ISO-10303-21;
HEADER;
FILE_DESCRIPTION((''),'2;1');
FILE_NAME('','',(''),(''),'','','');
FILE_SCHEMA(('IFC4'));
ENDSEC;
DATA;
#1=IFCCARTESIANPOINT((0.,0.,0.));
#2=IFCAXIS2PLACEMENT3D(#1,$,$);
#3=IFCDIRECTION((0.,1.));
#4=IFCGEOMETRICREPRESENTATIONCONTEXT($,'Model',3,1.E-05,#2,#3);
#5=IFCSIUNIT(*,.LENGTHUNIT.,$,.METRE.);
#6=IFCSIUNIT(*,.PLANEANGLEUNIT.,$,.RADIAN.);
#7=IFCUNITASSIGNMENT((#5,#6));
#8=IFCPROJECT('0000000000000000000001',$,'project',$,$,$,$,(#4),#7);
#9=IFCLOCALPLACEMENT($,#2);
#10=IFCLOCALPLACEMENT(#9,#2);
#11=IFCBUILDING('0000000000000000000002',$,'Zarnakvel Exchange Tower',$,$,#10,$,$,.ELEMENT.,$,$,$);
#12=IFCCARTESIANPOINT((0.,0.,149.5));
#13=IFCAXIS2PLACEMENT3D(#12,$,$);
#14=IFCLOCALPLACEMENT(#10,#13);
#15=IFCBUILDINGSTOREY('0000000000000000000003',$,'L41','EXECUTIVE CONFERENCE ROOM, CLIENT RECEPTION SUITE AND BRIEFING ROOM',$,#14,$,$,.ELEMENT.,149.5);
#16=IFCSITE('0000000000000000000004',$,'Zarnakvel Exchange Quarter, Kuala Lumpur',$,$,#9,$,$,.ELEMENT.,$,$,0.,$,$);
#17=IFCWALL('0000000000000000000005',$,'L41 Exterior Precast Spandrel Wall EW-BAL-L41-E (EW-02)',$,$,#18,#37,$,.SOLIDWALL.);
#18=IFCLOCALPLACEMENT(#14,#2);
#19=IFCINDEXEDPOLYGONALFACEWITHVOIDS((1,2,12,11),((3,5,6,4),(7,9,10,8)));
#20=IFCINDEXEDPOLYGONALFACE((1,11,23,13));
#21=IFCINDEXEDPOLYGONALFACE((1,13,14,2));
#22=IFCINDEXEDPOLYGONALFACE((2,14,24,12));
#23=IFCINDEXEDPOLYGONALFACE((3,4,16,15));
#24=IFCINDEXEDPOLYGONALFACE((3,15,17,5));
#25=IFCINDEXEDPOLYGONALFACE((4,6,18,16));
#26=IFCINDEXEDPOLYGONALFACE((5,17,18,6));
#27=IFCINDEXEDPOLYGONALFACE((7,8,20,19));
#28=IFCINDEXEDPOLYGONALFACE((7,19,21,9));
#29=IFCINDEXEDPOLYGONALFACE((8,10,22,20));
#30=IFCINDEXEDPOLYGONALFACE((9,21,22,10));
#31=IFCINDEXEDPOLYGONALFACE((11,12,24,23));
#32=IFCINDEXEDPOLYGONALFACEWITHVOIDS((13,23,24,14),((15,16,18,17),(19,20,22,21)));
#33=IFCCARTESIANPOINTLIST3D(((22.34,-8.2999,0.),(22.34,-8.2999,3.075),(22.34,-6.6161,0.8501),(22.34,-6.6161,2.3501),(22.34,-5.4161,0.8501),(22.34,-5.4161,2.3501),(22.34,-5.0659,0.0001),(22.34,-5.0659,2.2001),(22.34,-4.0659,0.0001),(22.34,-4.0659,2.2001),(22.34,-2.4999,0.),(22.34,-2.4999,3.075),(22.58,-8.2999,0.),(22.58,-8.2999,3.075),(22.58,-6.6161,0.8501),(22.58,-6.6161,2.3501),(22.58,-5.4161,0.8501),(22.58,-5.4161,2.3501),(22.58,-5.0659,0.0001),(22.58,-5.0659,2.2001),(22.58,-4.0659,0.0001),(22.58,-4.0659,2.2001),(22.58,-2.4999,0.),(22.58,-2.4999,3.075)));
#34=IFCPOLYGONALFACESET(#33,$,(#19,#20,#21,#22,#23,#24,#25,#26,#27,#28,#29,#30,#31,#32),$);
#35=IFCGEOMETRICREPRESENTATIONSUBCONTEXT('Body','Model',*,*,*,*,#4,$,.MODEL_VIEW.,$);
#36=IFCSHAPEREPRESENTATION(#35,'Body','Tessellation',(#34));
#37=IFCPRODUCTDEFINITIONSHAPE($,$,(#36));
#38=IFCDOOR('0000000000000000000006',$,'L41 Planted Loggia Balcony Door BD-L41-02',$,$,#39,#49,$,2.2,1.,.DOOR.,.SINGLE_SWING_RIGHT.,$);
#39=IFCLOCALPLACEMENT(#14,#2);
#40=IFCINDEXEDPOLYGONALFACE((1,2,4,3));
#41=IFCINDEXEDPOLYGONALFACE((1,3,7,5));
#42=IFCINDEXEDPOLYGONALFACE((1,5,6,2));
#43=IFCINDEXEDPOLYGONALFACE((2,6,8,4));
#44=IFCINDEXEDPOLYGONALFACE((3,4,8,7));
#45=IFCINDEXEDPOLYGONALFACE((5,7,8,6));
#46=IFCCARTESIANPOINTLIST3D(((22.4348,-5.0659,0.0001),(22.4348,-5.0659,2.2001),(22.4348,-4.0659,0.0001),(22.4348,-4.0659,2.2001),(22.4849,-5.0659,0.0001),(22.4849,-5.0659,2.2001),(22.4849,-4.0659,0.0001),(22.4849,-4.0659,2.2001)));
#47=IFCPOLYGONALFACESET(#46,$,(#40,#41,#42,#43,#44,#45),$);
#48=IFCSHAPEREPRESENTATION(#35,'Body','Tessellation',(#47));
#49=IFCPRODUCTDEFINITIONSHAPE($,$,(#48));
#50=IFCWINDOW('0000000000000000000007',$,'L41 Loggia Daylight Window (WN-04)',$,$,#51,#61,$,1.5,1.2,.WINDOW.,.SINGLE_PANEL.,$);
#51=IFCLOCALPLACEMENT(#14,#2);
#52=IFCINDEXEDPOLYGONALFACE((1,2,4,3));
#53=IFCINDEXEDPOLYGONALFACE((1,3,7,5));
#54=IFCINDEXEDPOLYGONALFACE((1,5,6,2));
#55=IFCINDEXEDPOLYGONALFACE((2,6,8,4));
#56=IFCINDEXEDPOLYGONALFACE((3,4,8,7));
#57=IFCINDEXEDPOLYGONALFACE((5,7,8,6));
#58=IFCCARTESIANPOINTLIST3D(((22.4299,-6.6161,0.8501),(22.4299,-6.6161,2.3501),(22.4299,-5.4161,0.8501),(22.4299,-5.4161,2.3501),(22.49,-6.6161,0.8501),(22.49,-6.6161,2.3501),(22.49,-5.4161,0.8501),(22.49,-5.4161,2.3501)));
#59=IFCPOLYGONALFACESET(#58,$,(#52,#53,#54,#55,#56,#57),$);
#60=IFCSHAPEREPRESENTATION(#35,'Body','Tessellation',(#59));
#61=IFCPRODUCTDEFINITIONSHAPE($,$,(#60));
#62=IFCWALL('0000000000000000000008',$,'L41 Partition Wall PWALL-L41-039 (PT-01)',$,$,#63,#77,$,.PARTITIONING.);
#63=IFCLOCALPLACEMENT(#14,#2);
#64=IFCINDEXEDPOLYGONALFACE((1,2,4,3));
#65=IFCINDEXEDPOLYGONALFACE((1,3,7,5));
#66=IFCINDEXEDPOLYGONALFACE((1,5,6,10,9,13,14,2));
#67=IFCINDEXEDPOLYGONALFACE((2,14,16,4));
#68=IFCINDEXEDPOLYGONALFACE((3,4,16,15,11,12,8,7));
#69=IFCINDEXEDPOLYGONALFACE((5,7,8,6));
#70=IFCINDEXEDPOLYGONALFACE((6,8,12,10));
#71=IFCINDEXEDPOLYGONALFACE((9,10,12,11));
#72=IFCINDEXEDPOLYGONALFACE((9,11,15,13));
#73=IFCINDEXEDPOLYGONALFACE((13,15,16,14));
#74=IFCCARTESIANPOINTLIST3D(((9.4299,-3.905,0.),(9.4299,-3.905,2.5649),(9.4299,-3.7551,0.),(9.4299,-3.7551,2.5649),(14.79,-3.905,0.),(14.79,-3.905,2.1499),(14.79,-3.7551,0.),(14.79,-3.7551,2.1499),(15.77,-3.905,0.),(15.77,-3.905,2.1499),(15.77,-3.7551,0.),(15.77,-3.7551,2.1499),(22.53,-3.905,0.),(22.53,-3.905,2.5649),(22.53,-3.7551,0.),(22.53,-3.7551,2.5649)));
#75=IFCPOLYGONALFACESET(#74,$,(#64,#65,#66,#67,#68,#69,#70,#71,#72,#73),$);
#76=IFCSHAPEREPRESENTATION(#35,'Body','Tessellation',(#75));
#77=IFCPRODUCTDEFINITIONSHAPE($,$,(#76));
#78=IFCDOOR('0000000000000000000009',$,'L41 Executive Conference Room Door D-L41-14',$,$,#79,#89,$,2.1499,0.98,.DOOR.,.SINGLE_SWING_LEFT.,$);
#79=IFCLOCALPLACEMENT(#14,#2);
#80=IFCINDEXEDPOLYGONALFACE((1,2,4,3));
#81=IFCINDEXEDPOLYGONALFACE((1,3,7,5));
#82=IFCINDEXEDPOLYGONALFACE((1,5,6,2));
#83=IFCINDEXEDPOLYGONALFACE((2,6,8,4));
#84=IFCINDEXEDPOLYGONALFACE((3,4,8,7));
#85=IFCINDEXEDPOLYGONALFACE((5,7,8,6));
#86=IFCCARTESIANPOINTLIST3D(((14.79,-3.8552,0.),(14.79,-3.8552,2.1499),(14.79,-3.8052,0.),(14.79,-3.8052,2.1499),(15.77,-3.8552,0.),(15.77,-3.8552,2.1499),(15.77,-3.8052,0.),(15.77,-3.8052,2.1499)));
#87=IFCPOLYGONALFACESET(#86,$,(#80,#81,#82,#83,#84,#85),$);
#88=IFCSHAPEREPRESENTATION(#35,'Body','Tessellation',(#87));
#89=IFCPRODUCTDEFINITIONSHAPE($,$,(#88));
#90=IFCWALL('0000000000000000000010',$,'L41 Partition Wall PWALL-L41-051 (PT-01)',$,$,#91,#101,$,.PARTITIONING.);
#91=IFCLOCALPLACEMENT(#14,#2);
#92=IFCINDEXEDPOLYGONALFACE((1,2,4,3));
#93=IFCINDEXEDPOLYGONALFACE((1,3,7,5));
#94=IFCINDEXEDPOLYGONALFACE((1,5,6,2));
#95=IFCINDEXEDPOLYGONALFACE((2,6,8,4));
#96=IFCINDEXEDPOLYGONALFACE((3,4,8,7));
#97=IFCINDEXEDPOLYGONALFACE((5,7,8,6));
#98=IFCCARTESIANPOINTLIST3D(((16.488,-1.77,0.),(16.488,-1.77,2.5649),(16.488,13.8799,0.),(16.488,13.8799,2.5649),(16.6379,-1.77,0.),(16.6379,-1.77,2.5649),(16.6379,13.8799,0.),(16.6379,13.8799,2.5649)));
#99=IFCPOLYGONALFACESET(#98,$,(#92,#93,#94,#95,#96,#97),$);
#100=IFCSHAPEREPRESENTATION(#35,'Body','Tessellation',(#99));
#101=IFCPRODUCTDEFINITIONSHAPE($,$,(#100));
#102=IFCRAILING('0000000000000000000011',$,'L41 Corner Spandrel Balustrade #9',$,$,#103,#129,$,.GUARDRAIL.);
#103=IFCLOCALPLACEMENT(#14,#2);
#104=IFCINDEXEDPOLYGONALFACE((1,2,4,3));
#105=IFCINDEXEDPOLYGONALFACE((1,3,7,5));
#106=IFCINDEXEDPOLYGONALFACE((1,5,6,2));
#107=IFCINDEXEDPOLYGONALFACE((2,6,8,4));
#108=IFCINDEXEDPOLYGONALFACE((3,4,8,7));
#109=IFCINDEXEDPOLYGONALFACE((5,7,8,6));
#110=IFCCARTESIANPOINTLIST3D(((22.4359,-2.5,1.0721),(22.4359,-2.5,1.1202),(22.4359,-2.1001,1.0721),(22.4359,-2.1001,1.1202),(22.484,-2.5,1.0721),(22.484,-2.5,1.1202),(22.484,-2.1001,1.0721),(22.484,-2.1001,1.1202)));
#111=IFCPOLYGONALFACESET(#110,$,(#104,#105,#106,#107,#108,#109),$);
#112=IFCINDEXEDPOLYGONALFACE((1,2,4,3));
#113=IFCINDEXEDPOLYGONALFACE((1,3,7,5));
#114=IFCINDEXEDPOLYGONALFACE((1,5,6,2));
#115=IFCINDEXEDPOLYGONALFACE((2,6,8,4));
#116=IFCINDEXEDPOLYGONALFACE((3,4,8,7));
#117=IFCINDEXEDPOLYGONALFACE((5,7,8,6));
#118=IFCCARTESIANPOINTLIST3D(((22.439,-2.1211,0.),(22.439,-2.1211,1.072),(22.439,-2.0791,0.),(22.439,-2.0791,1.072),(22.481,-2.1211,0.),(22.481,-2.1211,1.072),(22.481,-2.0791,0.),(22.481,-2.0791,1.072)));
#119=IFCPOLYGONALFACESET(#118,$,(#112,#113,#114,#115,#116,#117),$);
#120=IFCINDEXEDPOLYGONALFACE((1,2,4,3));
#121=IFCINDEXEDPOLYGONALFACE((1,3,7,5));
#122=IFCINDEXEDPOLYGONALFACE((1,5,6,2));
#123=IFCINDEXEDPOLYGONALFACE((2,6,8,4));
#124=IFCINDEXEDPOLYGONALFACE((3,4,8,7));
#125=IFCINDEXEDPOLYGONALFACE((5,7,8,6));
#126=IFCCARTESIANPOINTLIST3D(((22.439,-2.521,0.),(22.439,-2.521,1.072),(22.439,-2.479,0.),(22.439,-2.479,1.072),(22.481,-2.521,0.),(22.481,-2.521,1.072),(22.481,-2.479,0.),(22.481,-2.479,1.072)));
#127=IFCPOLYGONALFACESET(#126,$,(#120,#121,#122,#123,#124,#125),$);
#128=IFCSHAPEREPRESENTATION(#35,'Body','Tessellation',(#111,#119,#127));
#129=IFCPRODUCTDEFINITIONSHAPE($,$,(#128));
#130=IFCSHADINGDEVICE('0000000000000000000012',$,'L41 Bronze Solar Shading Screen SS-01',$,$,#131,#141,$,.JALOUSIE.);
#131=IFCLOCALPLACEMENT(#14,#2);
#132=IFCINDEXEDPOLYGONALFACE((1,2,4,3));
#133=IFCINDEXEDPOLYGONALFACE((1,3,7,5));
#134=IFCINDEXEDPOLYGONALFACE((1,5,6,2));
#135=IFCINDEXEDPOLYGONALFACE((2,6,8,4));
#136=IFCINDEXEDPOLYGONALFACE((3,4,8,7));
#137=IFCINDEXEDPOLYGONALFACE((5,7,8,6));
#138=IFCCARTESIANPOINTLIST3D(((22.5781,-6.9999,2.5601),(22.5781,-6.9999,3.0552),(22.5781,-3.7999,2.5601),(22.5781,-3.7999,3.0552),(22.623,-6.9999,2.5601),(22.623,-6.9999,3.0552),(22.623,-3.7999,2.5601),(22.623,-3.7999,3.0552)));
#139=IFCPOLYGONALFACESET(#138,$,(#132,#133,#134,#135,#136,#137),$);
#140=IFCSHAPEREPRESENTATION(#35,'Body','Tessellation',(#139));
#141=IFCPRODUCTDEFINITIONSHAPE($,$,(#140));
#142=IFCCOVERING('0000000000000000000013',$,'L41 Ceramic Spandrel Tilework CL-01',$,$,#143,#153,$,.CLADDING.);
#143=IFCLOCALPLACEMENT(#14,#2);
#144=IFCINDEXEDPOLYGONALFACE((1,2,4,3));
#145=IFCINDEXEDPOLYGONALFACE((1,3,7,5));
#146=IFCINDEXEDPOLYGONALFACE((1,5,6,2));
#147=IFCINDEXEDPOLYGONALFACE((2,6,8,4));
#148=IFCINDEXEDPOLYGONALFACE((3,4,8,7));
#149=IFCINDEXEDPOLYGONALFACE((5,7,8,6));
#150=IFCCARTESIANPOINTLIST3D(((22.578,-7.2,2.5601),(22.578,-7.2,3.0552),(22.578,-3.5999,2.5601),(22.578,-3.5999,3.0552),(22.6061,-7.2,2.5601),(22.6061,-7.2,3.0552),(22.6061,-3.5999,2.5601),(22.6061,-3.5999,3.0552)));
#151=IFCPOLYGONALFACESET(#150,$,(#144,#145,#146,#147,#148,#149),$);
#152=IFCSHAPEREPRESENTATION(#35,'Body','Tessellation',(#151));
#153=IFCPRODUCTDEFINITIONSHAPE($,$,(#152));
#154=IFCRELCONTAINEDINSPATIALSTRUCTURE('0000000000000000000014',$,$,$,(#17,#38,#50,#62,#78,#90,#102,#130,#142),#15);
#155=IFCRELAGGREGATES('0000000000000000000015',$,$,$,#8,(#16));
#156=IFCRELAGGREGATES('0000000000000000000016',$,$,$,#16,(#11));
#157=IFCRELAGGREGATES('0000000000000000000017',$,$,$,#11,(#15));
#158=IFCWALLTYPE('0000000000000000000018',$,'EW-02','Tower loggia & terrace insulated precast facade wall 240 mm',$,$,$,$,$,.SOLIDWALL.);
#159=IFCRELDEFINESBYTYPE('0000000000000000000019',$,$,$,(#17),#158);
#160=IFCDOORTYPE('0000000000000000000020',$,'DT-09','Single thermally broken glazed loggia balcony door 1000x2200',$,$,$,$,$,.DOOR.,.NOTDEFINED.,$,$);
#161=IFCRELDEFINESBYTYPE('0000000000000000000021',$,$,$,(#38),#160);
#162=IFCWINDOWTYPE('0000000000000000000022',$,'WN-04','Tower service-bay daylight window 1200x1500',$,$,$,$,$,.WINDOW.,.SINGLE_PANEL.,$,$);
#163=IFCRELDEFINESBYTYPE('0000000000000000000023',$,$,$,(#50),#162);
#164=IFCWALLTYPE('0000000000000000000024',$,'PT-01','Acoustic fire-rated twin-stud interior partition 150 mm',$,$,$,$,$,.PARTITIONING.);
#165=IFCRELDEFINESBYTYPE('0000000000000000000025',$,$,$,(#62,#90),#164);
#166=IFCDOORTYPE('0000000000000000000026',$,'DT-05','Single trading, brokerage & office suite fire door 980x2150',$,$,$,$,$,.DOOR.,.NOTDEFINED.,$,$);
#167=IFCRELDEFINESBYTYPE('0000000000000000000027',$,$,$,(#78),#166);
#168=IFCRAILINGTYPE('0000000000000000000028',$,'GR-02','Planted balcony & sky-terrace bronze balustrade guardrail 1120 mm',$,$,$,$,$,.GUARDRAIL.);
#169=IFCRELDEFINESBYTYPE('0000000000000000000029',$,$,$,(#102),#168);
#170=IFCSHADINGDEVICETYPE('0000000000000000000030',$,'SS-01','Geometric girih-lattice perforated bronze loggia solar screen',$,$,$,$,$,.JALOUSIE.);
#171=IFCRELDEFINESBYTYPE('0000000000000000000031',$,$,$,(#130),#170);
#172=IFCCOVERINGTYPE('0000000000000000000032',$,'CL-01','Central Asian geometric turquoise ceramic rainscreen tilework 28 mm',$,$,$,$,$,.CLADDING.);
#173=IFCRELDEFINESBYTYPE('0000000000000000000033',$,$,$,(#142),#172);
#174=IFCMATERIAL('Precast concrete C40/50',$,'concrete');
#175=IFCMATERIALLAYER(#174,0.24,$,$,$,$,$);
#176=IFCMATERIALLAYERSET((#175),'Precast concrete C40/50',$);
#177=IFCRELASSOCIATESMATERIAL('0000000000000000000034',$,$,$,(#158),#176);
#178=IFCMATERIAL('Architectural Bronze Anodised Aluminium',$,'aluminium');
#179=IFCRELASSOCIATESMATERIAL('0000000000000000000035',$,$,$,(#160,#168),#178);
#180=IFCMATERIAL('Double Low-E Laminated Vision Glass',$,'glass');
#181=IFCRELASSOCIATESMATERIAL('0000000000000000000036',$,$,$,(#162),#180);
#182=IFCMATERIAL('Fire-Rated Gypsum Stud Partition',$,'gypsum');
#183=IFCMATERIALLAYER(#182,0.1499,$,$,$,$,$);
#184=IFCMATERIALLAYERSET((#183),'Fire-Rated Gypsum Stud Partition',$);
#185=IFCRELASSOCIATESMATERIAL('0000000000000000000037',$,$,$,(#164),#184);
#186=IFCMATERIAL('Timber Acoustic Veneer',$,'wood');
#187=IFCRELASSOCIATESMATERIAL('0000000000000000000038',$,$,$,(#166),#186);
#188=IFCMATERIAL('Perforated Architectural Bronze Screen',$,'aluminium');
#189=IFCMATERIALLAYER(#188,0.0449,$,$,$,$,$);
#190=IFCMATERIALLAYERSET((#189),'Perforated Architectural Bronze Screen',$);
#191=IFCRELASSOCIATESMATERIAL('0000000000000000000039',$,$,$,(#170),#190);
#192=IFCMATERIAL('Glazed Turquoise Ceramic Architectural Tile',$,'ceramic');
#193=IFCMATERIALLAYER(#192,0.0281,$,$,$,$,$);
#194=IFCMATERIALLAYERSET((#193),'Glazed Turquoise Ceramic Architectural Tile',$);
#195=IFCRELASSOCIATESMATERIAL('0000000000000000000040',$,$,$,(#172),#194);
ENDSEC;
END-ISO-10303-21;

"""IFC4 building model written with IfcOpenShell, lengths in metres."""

from ifc_helpers import new_model, si_unit, direction, frame, frame_2d, origin, origin_2d, place, context, subcontext, project, spatial, rectangle, extrude, source, transform, mapped, material, layer, layer_set, type_object, element, fill, save


model = new_model("IFC4")

# Units and contexts
model_context = context("Model", 3, precision=1e-05, world=origin(), true_north=direction((0.0, 1.0)))
body_context = subcontext(model_context, "Body", "Model", "MODEL_VIEW")
ifc_project = project(units=[si_unit("LENGTHUNIT", "METRE"), si_unit("PLANEANGLEUNIT", "RADIAN")], contexts=[model_context])

# Site, building, storey
site_placement = place(None, origin())
site = spatial("IfcSite", under=ifc_project, at=site_placement, Name="Zarnakvel Exchange Quarter, Kuala Lumpur", CompositionType="ELEMENT", RefElevation=0.0)
building_placement = place(site_placement, origin())
building = spatial("IfcBuilding", under=site, at=building_placement, Name="Zarnakvel Exchange Tower", CompositionType="ELEMENT")
storey_placement = place(building_placement, frame((0.0, 0.0, 149.5)))
storey = spatial("IfcBuildingStorey", under=building, at=storey_placement, Name="L41", Description="EXECUTIVE CONFERENCE ROOM, CLIENT RECEPTION SUITE AND BRIEFING ROOM", CompositionType="ELEMENT", Elevation=149.5)

# Shared definitions
ifc_material_1 = material(Name="Architectural Bronze Anodised Aluminium", Category="aluminium")

# Wall, openings, door, window
ifc_material_2 = material(Name="Precast concrete C40/50", Category="concrete")
ifc_layer_1 = layer(ifc_material_2, 0.24)
ifc_layer_set_1 = layer_set([ifc_layer_1], Name="Precast concrete C40/50")
wall_type_1 = type_object("IfcWallType", Name="EW-02", Description="Tower loggia & terrace insulated precast facade wall 240 mm", PredefinedType="SOLIDWALL", material=ifc_layer_set_1)
wall_1_placement = place(storey_placement, frame((22.46, -2.5, 0.0), z_axis=(0.0, 0.0, 1.0), x_axis=(0.0, -1.0, 0.0)))
wall_1 = element("IfcWall", 1, at=wall_1_placement, inside=storey, type_object=wall_type_1, Name="L41 Exterior Precast Spandrel Wall EW-BAL-L41-E (EW-02)", PredefinedType="SOLIDWALL", context=body_context, shape_type="SweptSolid", body=[
    extrude(rectangle(XDim=5.8, YDim=0.24, at=frame_2d((2.8999, 0.0))), origin(), (0.0, 0.0, 1.0), 3.075),
])
opening_1_placement = place(wall_1_placement, frame((1.5659, 0.0, 0.0)))
opening_1 = element("IfcOpeningElement", 2, at=opening_1_placement, cuts=wall_1, PredefinedType="OPENING", context=body_context, shape_type="SweptSolid", body=[
    extrude(rectangle(XDim=1.0, YDim=2.2, at=frame_2d((0.5, 1.1001))), frame((0.0, 0.1299, 0.0), z_axis=(0.0, -1.0, 0.0), x_axis=(1.0, 0.0, 0.0)), (0.0, 0.0, 1.0), 0.26),
])
opening_2_placement = place(wall_1_placement, frame((2.916, 0.0, 0.8501)))
opening_2 = element("IfcOpeningElement", 3, at=opening_2_placement, cuts=wall_1, PredefinedType="OPENING", context=body_context, shape_type="SweptSolid", body=[
    extrude(rectangle(XDim=1.2, YDim=1.5, at=frame_2d((0.6001, 0.75))), frame((0.0, 0.1299, 0.0), z_axis=(0.0, -1.0, 0.0), x_axis=(1.0, 0.0, 0.0)), (0.0, 0.0, 1.0), 0.26),
])
door_type_1 = type_object("IfcDoorType", Name="DT-09", Description="Single thermally broken glazed loggia balcony door 1000x2200", OperationType="NOTDEFINED", PredefinedType="DOOR", material=ifc_material_1)
shared_shape_1 = source(origin(), body_context, "Body", "SweptSolid", [
    extrude(rectangle(XDim=1.0, YDim=2.2, at=frame_2d((0.5, 1.1001))), frame((0.0, 0.0249, 0.0), z_axis=(0.0, -1.0, 0.0), x_axis=(1.0, 0.0, 0.0)), (0.0, 0.0, 1.0), 0.05),
])
door_1_placement = place(opening_1_placement, origin())
door_1 = element("IfcDoor", 4, at=door_1_placement, inside=storey, type_object=door_type_1, Name="L41 Planted Loggia Balcony Door BD-L41-02", OperationType="SINGLE_SWING_RIGHT", OverallHeight=2.2, OverallWidth=1.0, PredefinedType="DOOR", context=body_context, shape_type="MappedRepresentation", body=[
    mapped(shared_shape_1, transform((0.0, 0.0, 0.0), x_axis=(1.0, 0.0, 0.0), y_axis=(0.0, 1.0, 0.0), z_axis=(0.0, 0.0, 1.0), scale=1.0)),
])
fill(opening_1, door_1)
ifc_material_3 = material(Name="Double Low-E Laminated Vision Glass", Category="glass")
window_type = type_object("IfcWindowType", Name="WN-04", Description="Tower service-bay daylight window 1200x1500", PartitioningType="SINGLE_PANEL", PredefinedType="WINDOW", material=ifc_material_3)
shared_shape_2 = source(origin(), body_context, "Body", "SweptSolid", [
    extrude(rectangle(XDim=1.2, YDim=1.5, at=frame_2d((0.6001, 0.75))), frame((0.0, 0.03, 0.0), z_axis=(0.0, -1.0, 0.0), x_axis=(1.0, 0.0, 0.0)), (0.0, 0.0, 1.0), 0.0601),
])
window_placement = place(opening_2_placement, origin())
window = element("IfcWindow", 5, at=window_placement, inside=storey, type_object=window_type, Name="L41 Loggia Daylight Window (WN-04)", OverallHeight=1.5, OverallWidth=1.2, PartitioningType="SINGLE_PANEL", PredefinedType="WINDOW", context=body_context, shape_type="MappedRepresentation", body=[
    mapped(shared_shape_2, transform((0.0, 0.0, 0.0), x_axis=(1.0, 0.0, 0.0), y_axis=(0.0, 1.0, 0.0), z_axis=(0.0, 0.0, 1.0), scale=1.0)),
])
fill(opening_2, window)

# Wall, opening, door
ifc_material_4 = material(Name="Fire-Rated Gypsum Stud Partition", Category="gypsum")
ifc_layer_2 = layer(ifc_material_4, 0.1499)
ifc_layer_set_2 = layer_set([ifc_layer_2], Name="Fire-Rated Gypsum Stud Partition")
wall_type_2 = type_object("IfcWallType", Name="PT-01", Description="Acoustic fire-rated twin-stud interior partition 150 mm", PredefinedType="PARTITIONING", material=ifc_layer_set_2)
wall_2_placement = place(storey_placement, frame((9.4299, -3.8301, 0.0), z_axis=(0.0, 0.0, 1.0), x_axis=(1.0, 0.0, 0.0)))
wall_2 = element("IfcWall", 6, at=wall_2_placement, inside=storey, type_object=wall_type_2, Name="L41 Partition Wall PWALL-L41-039 (PT-01)", PredefinedType="PARTITIONING", context=body_context, shape_type="SweptSolid", body=[
    extrude(rectangle(XDim=13.1001, YDim=0.1499, at=frame_2d((6.55, 0.0))), origin(), (0.0, 0.0, 1.0), 2.5649),
])
opening_3_placement = place(wall_2_placement, frame((5.3601, 0.0, 0.0)))
opening_3 = element("IfcOpeningElement", 7, at=opening_3_placement, cuts=wall_2, PredefinedType="OPENING", context=body_context, shape_type="SweptSolid", body=[
    extrude(rectangle(XDim=0.98, YDim=2.1499, at=frame_2d((0.49, 1.075))), frame((0.0, 0.085, 0.0), z_axis=(0.0, -1.0, 0.0), x_axis=(1.0, 0.0, 0.0)), (0.0, 0.0, 1.0), 0.1699),
])
ifc_material_5 = material(Name="Timber Acoustic Veneer", Category="wood")
door_type_2 = type_object("IfcDoorType", Name="DT-05", Description="Single trading, brokerage & office suite fire door 980x2150", OperationType="NOTDEFINED", PredefinedType="DOOR", material=ifc_material_5)
shared_shape_3 = source(origin(), body_context, "Body", "SweptSolid", [
    extrude(rectangle(XDim=0.98, YDim=2.1499, at=frame_2d((0.49, 1.075))), frame((0.0, 0.0249, 0.0), z_axis=(0.0, -1.0, 0.0), x_axis=(1.0, 0.0, 0.0)), (0.0, 0.0, 1.0), 0.05),
])
door_2_placement = place(opening_3_placement, origin())
door_2 = element("IfcDoor", 8, at=door_2_placement, inside=storey, type_object=door_type_2, Name="L41 Executive Conference Room Door D-L41-14", OperationType="SINGLE_SWING_LEFT", OverallHeight=2.1499, OverallWidth=0.98, PredefinedType="DOOR", context=body_context, shape_type="MappedRepresentation", body=[
    mapped(shared_shape_3, transform((0.0, 0.0, 0.0), x_axis=(1.0, 0.0, 0.0), y_axis=(0.0, 1.0, 0.0), z_axis=(0.0, 0.0, 1.0), scale=1.0)),
])
fill(opening_3, door_2)

# Wall
wall_3_placement = place(storey_placement, frame((16.563, -1.77, 0.0), z_axis=(0.0, 0.0, 1.0), x_axis=(0.0, 1.0, 0.0)))
element("IfcWall", 9, at=wall_3_placement, inside=storey, type_object=wall_type_2, Name="L41 Partition Wall PWALL-L41-051 (PT-01)", PredefinedType="PARTITIONING", context=body_context, shape_type="SweptSolid", body=[
    extrude(rectangle(XDim=15.6499, YDim=0.1499, at=frame_2d((7.825, 0.0))), origin(), (0.0, 0.0, 1.0), 2.5649),
])

# Railing
railing_type = type_object("IfcRailingType", Name="GR-02", Description="Planted balcony & sky-terrace bronze balustrade guardrail 1120 mm", PredefinedType="GUARDRAIL", material=ifc_material_1)
railing_placement = place(storey_placement, frame((22.46, -2.1001, 0.0)))
element("IfcRailing", 10, at=railing_placement, inside=storey, type_object=railing_type, Name="L41 Corner Spandrel Balustrade #9", PredefinedType="GUARDRAIL", context=body_context, shape_type="SweptSolid", body=[
    extrude(rectangle(XDim=0.0481, YDim=0.0481, at=origin_2d()), frame((0.0, 0.0, 1.0962), z_axis=(0.0, -1.0, 0.0), x_axis=(1.0, 0.0, 0.0)), (0.0, 0.0, 1.0), 0.3999),
    extrude(rectangle(XDim=0.042, YDim=0.042, at=origin_2d()), origin(), (0.0, 0.0, 1.0), 1.072),
    extrude(rectangle(XDim=0.042, YDim=0.042, at=origin_2d()), frame((0.0, -0.3999, 0.0)), (0.0, 0.0, 1.0), 1.072),
])

# Shading device
ifc_material_6 = material(Name="Perforated Architectural Bronze Screen", Category="aluminium")
ifc_layer_3 = layer(ifc_material_6, 0.0449)
ifc_layer_set_3 = layer_set([ifc_layer_3], Name="Perforated Architectural Bronze Screen")
shading_device_type = type_object("IfcShadingDeviceType", Name="SS-01", Description="Geometric girih-lattice perforated bronze loggia solar screen", PredefinedType="JALOUSIE", material=ifc_layer_set_3)
shared_shape_4 = source(origin(), body_context, "Body", "SweptSolid", [
    extrude(rectangle(XDim=3.2, YDim=0.0449, at=origin_2d()), origin(), (0.0, 0.0, 1.0), 0.4951),
])
shading_device_placement = place(storey_placement, frame((22.6006, -5.3999, 2.5601), z_axis=(0.0, 0.0, 1.0), x_axis=(0.0, -1.0, 0.0)))
element("IfcShadingDevice", 11, at=shading_device_placement, inside=storey, type_object=shading_device_type, Name="L41 Bronze Solar Shading Screen SS-01", PredefinedType="JALOUSIE", context=body_context, shape_type="MappedRepresentation", body=[
    mapped(shared_shape_4, transform((0.0, 0.0, 0.0), x_axis=(1.0, 0.0, 0.0), y_axis=(0.0, 1.0, 0.0), z_axis=(0.0, 0.0, 1.0), scale=1.0)),
])

# Covering
ifc_material_7 = material(Name="Glazed Turquoise Ceramic Architectural Tile", Category="ceramic")
ifc_layer_4 = layer(ifc_material_7, 0.0281)
ifc_layer_set_4 = layer_set([ifc_layer_4], Name="Glazed Turquoise Ceramic Architectural Tile")
covering_type = type_object("IfcCoveringType", Name="CL-01", Description="Central Asian geometric turquoise ceramic rainscreen tilework 28 mm", PredefinedType="CLADDING", material=ifc_layer_set_4)
shared_shape_5 = source(origin(), body_context, "Body", "SweptSolid", [
    extrude(rectangle(XDim=3.6001, YDim=0.0281, at=origin_2d()), origin(), (0.0, 0.0, 1.0), 0.4951),
])
covering_placement = place(storey_placement, frame((22.592, -5.3999, 2.5601), z_axis=(0.0, 0.0, 1.0), x_axis=(0.0, -1.0, 0.0)))
element("IfcCovering", 12, at=covering_placement, inside=storey, type_object=covering_type, Name="L41 Ceramic Spandrel Tilework CL-01", PredefinedType="CLADDING", context=body_context, shape_type="MappedRepresentation", body=[
    mapped(shared_shape_5, transform((0.0, 0.0, 0.0), x_axis=(1.0, 0.0, 0.0), y_axis=(0.0, 1.0, 0.0), z_axis=(0.0, 0.0, 1.0), scale=1.0)),
])

save(model, "model.ifc")
